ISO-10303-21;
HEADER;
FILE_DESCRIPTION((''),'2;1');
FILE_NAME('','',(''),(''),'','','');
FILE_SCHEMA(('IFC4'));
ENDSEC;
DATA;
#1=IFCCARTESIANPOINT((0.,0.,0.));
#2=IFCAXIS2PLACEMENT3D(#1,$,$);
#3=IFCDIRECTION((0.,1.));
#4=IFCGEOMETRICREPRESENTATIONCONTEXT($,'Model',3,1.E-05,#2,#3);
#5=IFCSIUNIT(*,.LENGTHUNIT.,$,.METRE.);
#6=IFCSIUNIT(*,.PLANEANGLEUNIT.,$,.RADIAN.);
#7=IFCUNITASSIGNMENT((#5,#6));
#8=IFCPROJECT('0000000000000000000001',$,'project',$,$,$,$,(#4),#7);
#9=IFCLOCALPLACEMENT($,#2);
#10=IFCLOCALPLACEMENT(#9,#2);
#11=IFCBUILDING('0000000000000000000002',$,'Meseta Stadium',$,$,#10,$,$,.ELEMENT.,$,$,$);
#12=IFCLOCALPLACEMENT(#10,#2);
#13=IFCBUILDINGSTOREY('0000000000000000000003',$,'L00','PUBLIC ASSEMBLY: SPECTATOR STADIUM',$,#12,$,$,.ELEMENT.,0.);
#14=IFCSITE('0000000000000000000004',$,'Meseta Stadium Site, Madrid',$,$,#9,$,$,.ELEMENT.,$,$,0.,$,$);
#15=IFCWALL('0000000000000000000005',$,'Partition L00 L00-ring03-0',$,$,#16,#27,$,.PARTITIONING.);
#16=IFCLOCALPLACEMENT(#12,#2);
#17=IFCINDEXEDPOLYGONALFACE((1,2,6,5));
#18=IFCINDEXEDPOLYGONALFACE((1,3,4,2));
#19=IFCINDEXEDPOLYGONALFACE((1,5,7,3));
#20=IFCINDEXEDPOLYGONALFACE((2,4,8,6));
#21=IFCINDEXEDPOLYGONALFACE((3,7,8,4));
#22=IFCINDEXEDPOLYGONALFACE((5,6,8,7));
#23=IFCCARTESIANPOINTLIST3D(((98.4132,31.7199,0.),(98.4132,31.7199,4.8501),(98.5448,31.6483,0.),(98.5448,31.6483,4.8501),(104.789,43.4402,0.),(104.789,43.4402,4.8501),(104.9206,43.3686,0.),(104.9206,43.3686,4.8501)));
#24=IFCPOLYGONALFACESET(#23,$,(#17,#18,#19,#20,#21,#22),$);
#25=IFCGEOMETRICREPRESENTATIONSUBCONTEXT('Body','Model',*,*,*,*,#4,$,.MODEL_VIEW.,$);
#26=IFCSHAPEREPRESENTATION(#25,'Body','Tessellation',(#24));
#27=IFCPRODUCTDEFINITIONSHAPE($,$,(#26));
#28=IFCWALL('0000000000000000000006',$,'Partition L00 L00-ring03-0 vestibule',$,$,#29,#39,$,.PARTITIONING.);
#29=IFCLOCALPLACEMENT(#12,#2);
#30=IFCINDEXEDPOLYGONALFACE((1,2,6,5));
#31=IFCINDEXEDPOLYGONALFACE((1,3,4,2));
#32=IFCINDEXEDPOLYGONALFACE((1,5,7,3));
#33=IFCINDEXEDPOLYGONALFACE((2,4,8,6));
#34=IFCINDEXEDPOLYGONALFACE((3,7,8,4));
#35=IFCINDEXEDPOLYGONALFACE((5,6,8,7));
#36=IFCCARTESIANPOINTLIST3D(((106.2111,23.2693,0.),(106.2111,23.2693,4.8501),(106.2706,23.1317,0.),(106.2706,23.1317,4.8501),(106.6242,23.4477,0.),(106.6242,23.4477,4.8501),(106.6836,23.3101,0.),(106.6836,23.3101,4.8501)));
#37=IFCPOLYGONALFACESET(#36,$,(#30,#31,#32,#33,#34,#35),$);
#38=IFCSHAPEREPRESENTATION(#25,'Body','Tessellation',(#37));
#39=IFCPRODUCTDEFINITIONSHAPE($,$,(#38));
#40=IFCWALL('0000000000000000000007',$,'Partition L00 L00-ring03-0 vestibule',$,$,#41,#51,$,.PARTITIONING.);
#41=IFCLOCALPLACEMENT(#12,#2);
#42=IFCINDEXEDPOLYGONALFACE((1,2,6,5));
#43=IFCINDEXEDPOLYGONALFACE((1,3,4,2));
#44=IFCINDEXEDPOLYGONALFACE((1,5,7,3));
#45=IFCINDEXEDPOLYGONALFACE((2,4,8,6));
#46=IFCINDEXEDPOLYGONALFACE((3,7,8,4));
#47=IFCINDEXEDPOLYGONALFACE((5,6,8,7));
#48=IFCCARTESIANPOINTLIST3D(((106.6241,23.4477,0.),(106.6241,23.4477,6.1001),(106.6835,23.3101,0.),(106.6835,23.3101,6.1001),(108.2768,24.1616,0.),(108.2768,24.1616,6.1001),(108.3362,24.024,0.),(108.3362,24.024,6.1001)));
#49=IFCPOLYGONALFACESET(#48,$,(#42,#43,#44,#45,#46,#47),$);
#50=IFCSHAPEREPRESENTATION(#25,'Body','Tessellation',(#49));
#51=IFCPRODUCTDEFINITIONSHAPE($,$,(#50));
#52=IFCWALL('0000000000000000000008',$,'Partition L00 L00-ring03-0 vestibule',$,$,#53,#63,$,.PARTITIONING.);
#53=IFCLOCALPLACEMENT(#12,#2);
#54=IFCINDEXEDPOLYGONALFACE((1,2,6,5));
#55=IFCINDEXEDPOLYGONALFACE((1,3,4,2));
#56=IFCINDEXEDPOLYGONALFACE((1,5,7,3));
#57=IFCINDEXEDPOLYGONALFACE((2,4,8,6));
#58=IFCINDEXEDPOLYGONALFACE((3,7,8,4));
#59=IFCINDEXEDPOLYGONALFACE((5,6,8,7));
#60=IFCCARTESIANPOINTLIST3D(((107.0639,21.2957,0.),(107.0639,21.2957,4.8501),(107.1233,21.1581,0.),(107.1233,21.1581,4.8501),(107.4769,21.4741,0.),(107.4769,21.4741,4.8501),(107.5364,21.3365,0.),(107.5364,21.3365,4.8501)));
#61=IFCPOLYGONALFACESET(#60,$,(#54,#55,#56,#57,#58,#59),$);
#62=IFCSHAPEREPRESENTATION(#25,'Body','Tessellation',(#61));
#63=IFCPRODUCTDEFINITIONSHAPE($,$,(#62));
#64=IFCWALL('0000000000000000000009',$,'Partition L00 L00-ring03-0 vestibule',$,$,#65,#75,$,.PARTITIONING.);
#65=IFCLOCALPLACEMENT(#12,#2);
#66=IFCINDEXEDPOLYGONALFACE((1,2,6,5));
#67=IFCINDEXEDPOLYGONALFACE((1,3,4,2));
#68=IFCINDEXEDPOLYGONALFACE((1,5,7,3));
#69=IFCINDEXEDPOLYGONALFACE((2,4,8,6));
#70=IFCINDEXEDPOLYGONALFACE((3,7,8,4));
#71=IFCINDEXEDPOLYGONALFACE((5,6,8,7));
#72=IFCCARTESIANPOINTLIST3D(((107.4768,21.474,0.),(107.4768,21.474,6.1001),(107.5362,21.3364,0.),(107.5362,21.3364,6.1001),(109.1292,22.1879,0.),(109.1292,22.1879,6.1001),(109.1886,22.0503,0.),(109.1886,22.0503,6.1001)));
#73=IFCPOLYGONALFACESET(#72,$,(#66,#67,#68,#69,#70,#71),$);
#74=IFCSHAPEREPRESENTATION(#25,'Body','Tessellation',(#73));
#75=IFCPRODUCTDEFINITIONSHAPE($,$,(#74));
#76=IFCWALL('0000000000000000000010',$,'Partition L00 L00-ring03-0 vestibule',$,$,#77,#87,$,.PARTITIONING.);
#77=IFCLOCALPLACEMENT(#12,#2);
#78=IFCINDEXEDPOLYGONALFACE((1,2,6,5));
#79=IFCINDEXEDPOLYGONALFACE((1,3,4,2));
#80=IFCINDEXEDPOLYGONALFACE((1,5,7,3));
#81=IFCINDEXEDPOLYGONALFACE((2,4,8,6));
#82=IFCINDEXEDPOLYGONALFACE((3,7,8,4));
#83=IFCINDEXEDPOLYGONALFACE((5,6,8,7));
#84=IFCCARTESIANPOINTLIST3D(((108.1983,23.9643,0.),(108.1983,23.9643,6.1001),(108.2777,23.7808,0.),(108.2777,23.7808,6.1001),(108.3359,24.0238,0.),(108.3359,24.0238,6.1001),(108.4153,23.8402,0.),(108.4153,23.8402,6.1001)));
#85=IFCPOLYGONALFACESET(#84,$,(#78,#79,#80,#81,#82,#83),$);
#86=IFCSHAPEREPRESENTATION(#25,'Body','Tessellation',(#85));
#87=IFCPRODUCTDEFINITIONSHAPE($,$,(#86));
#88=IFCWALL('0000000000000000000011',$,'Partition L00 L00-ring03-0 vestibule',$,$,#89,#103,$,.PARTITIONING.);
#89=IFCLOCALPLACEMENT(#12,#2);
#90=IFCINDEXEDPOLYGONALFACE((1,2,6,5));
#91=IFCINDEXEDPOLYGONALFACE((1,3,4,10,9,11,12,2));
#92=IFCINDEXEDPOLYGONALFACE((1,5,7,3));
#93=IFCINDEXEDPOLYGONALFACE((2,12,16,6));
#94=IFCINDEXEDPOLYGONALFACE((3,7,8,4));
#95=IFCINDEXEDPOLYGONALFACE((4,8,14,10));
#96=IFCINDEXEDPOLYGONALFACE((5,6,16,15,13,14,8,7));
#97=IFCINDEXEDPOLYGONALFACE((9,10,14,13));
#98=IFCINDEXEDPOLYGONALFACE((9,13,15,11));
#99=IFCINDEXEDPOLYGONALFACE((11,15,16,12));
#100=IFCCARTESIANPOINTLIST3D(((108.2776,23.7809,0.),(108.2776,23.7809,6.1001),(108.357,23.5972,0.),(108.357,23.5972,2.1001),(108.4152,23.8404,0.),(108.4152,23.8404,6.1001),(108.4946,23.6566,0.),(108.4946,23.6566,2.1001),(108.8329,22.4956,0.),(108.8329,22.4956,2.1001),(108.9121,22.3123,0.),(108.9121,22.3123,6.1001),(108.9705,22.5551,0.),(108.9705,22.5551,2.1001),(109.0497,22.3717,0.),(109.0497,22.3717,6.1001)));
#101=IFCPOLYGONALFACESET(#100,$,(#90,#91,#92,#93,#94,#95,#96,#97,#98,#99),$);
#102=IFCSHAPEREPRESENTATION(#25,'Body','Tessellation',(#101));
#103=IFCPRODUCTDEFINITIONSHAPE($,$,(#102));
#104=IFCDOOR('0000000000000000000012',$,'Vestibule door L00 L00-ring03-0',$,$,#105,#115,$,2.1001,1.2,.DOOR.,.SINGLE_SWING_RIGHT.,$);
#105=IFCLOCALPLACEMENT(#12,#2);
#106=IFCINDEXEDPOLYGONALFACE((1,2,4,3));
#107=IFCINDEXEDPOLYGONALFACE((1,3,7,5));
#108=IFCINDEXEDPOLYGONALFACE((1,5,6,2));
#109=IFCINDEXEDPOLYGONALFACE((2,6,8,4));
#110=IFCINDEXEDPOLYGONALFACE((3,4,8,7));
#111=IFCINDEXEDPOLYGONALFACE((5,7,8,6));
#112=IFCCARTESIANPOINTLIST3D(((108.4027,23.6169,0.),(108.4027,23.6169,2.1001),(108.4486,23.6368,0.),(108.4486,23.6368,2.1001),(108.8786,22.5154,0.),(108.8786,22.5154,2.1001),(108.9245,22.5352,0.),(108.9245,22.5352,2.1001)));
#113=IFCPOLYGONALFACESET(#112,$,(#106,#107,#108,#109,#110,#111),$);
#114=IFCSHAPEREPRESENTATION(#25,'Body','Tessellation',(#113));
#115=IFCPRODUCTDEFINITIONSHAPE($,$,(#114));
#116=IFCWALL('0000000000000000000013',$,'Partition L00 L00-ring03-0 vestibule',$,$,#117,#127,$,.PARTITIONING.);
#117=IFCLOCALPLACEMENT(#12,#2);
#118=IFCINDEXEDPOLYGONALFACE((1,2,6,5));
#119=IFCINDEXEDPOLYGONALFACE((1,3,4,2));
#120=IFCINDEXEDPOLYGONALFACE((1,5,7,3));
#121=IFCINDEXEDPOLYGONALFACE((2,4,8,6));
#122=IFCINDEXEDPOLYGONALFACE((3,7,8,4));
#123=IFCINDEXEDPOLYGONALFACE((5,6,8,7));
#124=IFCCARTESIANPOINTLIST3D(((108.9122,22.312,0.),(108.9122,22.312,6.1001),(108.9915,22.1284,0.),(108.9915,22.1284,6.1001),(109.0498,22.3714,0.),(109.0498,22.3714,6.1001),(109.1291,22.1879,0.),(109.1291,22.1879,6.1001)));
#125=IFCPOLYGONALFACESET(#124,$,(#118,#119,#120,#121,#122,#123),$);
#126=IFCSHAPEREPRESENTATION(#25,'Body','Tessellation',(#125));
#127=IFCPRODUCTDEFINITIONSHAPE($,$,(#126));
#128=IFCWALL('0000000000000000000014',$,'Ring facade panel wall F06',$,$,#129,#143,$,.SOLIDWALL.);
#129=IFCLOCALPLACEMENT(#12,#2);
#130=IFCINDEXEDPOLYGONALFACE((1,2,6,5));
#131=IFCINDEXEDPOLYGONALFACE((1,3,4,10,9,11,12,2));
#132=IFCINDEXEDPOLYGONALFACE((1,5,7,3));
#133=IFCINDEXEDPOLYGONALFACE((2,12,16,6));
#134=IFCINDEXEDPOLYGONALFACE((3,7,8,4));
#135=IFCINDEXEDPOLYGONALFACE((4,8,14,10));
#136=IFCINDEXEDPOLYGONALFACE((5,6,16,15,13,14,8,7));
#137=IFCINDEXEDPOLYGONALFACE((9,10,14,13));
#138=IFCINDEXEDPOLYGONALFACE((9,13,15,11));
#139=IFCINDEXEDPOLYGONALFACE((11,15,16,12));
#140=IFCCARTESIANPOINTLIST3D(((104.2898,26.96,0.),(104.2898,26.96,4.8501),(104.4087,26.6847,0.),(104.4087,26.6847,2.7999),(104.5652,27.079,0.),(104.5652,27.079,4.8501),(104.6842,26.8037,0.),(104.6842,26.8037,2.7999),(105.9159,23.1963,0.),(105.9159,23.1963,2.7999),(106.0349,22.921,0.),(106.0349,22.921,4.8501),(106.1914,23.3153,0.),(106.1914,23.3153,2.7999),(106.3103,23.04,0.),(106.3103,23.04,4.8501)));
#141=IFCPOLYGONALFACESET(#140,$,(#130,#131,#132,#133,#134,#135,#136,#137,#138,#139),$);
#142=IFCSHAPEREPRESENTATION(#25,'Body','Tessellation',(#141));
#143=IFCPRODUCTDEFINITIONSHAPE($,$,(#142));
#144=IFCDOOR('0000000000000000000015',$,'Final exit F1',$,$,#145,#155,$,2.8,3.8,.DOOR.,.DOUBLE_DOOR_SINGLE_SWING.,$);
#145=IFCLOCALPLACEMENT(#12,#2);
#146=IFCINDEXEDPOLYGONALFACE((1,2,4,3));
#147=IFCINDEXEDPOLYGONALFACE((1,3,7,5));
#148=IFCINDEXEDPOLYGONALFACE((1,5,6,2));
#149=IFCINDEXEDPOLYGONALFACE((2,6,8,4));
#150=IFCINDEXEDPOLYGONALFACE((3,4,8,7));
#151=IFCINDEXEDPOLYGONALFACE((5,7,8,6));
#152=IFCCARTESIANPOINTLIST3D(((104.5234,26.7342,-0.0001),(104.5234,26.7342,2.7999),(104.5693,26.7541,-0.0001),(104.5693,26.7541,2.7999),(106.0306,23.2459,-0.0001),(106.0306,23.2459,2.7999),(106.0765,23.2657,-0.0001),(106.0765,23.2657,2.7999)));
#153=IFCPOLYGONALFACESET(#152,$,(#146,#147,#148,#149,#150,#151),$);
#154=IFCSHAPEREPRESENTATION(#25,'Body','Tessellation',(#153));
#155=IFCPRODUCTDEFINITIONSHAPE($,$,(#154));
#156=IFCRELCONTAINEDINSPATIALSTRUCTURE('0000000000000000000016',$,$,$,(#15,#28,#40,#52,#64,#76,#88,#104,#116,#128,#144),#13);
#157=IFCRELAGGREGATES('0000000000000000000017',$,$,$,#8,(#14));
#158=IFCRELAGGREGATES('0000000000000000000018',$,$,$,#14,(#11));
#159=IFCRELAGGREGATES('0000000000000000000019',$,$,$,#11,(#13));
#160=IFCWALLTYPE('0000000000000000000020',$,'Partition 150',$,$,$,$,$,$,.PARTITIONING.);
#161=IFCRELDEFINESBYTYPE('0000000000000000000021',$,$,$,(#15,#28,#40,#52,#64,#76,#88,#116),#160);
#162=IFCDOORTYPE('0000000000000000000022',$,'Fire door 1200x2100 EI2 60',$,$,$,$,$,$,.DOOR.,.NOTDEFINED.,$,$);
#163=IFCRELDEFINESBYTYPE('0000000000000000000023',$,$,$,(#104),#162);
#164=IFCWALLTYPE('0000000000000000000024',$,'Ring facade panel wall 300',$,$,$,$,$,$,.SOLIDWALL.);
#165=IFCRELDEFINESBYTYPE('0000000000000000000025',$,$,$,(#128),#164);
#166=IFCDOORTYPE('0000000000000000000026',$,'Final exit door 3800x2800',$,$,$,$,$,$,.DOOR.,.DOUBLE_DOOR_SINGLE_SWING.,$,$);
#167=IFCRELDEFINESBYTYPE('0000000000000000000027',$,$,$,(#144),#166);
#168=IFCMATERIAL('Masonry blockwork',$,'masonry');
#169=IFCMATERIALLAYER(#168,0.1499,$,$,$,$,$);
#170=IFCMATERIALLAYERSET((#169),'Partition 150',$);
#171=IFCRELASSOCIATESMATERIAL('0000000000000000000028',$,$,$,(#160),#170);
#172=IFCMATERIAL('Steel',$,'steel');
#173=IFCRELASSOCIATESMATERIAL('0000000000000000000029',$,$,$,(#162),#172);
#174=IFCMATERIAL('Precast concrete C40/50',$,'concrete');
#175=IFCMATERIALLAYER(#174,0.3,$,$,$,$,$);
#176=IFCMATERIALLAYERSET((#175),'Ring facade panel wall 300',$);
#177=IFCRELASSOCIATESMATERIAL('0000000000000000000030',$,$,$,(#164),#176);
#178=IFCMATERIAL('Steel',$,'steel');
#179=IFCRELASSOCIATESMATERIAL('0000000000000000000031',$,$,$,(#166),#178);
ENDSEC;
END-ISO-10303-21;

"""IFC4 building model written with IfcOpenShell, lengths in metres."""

from ifc_helpers import new_model, si_unit, direction, frame, frame_2d, origin, place, context, subcontext, project, spatial, rectangle, extrude, material, layer, layer_set, type_object, element, fill, save


model = new_model("IFC4")

# Units and contexts
model_context = context("Model", 3, precision=1e-05, world=origin(), true_north=direction((0.0, 1.0)))
body_context = subcontext(model_context, "Body", "Model", "MODEL_VIEW")
ifc_project = project(units=[si_unit("LENGTHUNIT", "METRE"), si_unit("PLANEANGLEUNIT", "RADIAN")], contexts=[model_context])

# Site, building, storey
site_placement = place(None, origin())
site = spatial("IfcSite", under=ifc_project, at=site_placement, Name="Meseta Stadium Site, Madrid", CompositionType="ELEMENT", RefElevation=0.0)
building_placement = place(site_placement, origin())
building = spatial("IfcBuilding", under=site, at=building_placement, Name="Meseta Stadium", CompositionType="ELEMENT")
storey_placement = place(building_placement, origin())
storey = spatial("IfcBuildingStorey", under=building, at=storey_placement, Name="L00", Description="PUBLIC ASSEMBLY: SPECTATOR STADIUM", CompositionType="ELEMENT", Elevation=0.0)

# Walls
ifc_material_1 = material(Name="Masonry blockwork", Category="masonry")
ifc_layer_1 = layer(ifc_material_1, 0.1499)
ifc_layer_set_1 = layer_set([ifc_layer_1], Name="Partition 150")
wall_type_1 = type_object("IfcWallType", Name="Partition 150", PredefinedType="PARTITIONING", material=ifc_layer_set_1)
wall_1_placement = place(storey_placement, frame((98.479, 31.6841, 0.0), z_axis=(0.0, 0.0, 1.0), x_axis=(0.477863, 0.878434, 0.0)))
element("IfcWall", 1, at=wall_1_placement, inside=storey, type_object=wall_type_1, Name="Partition L00 L00-ring03-0", PredefinedType="PARTITIONING", context=body_context, shape_type="SweptSolid", body=[
    extrude(rectangle(XDim=13.3423, YDim=0.1499, at=frame_2d((6.6711, 0.0))), origin(), (0.0, 0.0, 1.0), 4.8501),
])
wall_2_placement = place(storey_placement, frame((106.2407, 23.2004, 0.0), z_axis=(0.0, 0.0, 1.0), x_axis=(0.917991, 0.396602, 0.0)))
element("IfcWall", 2, at=wall_2_placement, inside=storey, type_object=wall_type_1, Name="Partition L00 L00-ring03-0 vestibule", PredefinedType="PARTITIONING", context=body_context, shape_type="SweptSolid", body=[
    extrude(rectangle(XDim=0.45, YDim=0.1499, at=frame_2d((0.2251, 0.0))), origin(), (0.0, 0.0, 1.0), 4.8501),
])
wall_3_placement = place(storey_placement, frame((106.6538, 23.3789, 0.0), z_axis=(0.0, 0.0, 1.0), x_axis=(0.918012, 0.396553, 0.0)))
element("IfcWall", 3, at=wall_3_placement, inside=storey, type_object=wall_type_1, Name="Partition L00 L00-ring03-0 vestibule", PredefinedType="PARTITIONING", context=body_context, shape_type="SweptSolid", body=[
    extrude(rectangle(XDim=1.8003, YDim=0.1499, at=frame_2d((0.9001, 0.0))), origin(), (0.0, 0.0, 1.0), 6.1001),
])
wall_4_placement = place(storey_placement, frame((107.0935, 21.2268, 0.0), z_axis=(0.0, 0.0, 1.0), x_axis=(0.917991, 0.396602, 0.0)))
element("IfcWall", 4, at=wall_4_placement, inside=storey, type_object=wall_type_1, Name="Partition L00 L00-ring03-0 vestibule", PredefinedType="PARTITIONING", context=body_context, shape_type="SweptSolid", body=[
    extrude(rectangle(XDim=0.45, YDim=0.1499, at=frame_2d((0.2251, 0.0))), origin(), (0.0, 0.0, 1.0), 4.8501),
])
wall_5_placement = place(storey_placement, frame((107.5066, 21.4053, 0.0), z_axis=(0.0, 0.0, 1.0), x_axis=(0.917991, 0.396602, 0.0)))
element("IfcWall", 5, at=wall_5_placement, inside=storey, type_object=wall_type_1, Name="Partition L00 L00-ring03-0 vestibule", PredefinedType="PARTITIONING", context=body_context, shape_type="SweptSolid", body=[
    extrude(rectangle(XDim=1.8, YDim=0.1499, at=frame_2d((0.8999, 0.0))), origin(), (0.0, 0.0, 1.0), 6.1001),
])
wall_6_placement = place(storey_placement, frame((108.2671, 23.9941, 0.0), z_axis=(0.0, 0.0, 1.0), x_axis=(0.396717, -0.917941, 0.0)))
element("IfcWall", 6, at=wall_6_placement, inside=storey, type_object=wall_type_1, Name="Partition L00 L00-ring03-0 vestibule", PredefinedType="PARTITIONING", context=body_context, shape_type="SweptSolid", body=[
    extrude(rectangle(XDim=0.2, YDim=0.1499, at=frame_2d((0.1001, 0.0))), origin(), (0.0, 0.0, 1.0), 6.1001),
])

# Wall, opening, door
wall_7_placement = place(storey_placement, frame((108.3464, 23.8105, 0.0), z_axis=(0.0, 0.0, 1.0), x_axis=(0.396588, -0.917997, 0.0)))
wall_7 = element("IfcWall", 7, at=wall_7_placement, inside=storey, type_object=wall_type_1, Name="Partition L00 L00-ring03-0 vestibule", PredefinedType="PARTITIONING", context=body_context, shape_type="SweptSolid", body=[
    extrude(rectangle(XDim=1.5999, YDim=0.1499, at=frame_2d((0.7998, 0.0))), origin(), (0.0, 0.0, 1.0), 6.1001),
])
opening_1_placement = place(wall_7_placement, frame((0.2, 0.0, 0.0)))
opening_1 = element("IfcOpeningElement", 8, at=opening_1_placement, cuts=wall_7, PredefinedType="OPENING", context=body_context, shape_type="SweptSolid", body=[
    extrude(rectangle(XDim=1.2, YDim=2.1001, at=frame_2d((0.6001, 1.05))), frame((0.0, 0.085, 0.0), z_axis=(0.0, -1.0, 0.0), x_axis=(1.0, 0.0, 0.0)), (0.0, 0.0, 1.0), 0.1699),
])
ifc_material_2 = material(Name="Steel", Category="steel")
door_type_1 = type_object("IfcDoorType", Name="Fire door 1200x2100 EI2 60", OperationType="NOTDEFINED", PredefinedType="DOOR", material=ifc_material_2)
door_1_placement = place(opening_1_placement, origin())
door_1 = element("IfcDoor", 9, at=door_1_placement, inside=storey, type_object=door_type_1, Name="Vestibule door L00 L00-ring03-0", OperationType="SINGLE_SWING_RIGHT", OverallHeight=2.1001, OverallWidth=1.2, PredefinedType="DOOR", context=body_context, shape_type="SweptSolid", body=[
    extrude(rectangle(XDim=1.2, YDim=2.1001, at=frame_2d((0.6001, 1.05))), frame((0.0, 0.0249, 0.0), z_axis=(0.0, -1.0, 0.0), x_axis=(1.0, 0.0, 0.0)), (0.0, 0.0, 1.0), 0.05),
])
fill(opening_1, door_1)

# Wall
wall_8_placement = place(storey_placement, frame((108.981, 22.3418, 0.0), z_axis=(0.0, 0.0, 1.0), x_axis=(0.396717, -0.917941, 0.0)))
element("IfcWall", 10, at=wall_8_placement, inside=storey, type_object=wall_type_1, Name="Partition L00 L00-ring03-0 vestibule", PredefinedType="PARTITIONING", context=body_context, shape_type="SweptSolid", body=[
    extrude(rectangle(XDim=0.2, YDim=0.1499, at=frame_2d((0.1001, 0.0))), origin(), (0.0, 0.0, 1.0), 6.1001),
])

# Wall, opening, door
ifc_material_3 = material(Name="Precast concrete C40/50", Category="concrete")
ifc_layer_2 = layer(ifc_material_3, 0.3)
ifc_layer_set_2 = layer_set([ifc_layer_2], Name="Ring facade panel wall 300")
wall_type_2 = type_object("IfcWallType", Name="Ring facade panel wall 300", PredefinedType="SOLIDWALL", material=ifc_layer_set_2)
wall_9_placement = place(storey_placement, frame((104.4275, 27.0195, 0.0), z_axis=(0.0, 0.0, 1.0), x_axis=(0.396623, -0.917982, 0.0)))
wall_9 = element("IfcWall", 11, at=wall_9_placement, inside=storey, type_object=wall_type_2, Name="Ring facade panel wall F06", PredefinedType="SOLIDWALL", context=body_context, shape_type="SweptSolid", body=[
    extrude(rectangle(XDim=4.3999, YDim=0.3, at=frame_2d((2.2, 0.0))), origin(), (0.0, 0.0, 1.0), 4.8501),
])
opening_2_placement = place(wall_9_placement, frame((0.3, 0.0, 0.0)))
opening_2 = element("IfcOpeningElement", 12, at=opening_2_placement, cuts=wall_9, PredefinedType="OPENING", context=body_context, shape_type="SweptSolid", body=[
    extrude(rectangle(XDim=3.8, YDim=2.8, at=frame_2d((1.8999, 1.3999))), frame((0.0, 0.1599, 0.0), z_axis=(0.0, -1.0, 0.0), x_axis=(1.0, 0.0, 0.0)), (0.0, 0.0, 1.0), 0.3201),
])
ifc_material_4 = material(Name="Steel", Category="steel")
door_type_2 = type_object("IfcDoorType", Name="Final exit door 3800x2800", OperationType="DOUBLE_DOOR_SINGLE_SWING", PredefinedType="DOOR", material=ifc_material_4)
door_2_placement = place(opening_2_placement, origin())
door_2 = element("IfcDoor", 13, at=door_2_placement, inside=storey, type_object=door_type_2, Name="Final exit F1", OperationType="DOUBLE_DOOR_SINGLE_SWING", OverallHeight=2.8, OverallWidth=3.8, PredefinedType="DOOR", context=body_context, shape_type="SweptSolid", body=[
    extrude(rectangle(XDim=3.8, YDim=2.8, at=frame_2d((1.8999, 1.3999))), frame((0.0, 0.0249, 0.0), z_axis=(0.0, -1.0, 0.0), x_axis=(1.0, 0.0, 0.0)), (0.0, 0.0, 1.0), 0.05),
])
fill(opening_2, door_2)

save(model, "model.ifc")
